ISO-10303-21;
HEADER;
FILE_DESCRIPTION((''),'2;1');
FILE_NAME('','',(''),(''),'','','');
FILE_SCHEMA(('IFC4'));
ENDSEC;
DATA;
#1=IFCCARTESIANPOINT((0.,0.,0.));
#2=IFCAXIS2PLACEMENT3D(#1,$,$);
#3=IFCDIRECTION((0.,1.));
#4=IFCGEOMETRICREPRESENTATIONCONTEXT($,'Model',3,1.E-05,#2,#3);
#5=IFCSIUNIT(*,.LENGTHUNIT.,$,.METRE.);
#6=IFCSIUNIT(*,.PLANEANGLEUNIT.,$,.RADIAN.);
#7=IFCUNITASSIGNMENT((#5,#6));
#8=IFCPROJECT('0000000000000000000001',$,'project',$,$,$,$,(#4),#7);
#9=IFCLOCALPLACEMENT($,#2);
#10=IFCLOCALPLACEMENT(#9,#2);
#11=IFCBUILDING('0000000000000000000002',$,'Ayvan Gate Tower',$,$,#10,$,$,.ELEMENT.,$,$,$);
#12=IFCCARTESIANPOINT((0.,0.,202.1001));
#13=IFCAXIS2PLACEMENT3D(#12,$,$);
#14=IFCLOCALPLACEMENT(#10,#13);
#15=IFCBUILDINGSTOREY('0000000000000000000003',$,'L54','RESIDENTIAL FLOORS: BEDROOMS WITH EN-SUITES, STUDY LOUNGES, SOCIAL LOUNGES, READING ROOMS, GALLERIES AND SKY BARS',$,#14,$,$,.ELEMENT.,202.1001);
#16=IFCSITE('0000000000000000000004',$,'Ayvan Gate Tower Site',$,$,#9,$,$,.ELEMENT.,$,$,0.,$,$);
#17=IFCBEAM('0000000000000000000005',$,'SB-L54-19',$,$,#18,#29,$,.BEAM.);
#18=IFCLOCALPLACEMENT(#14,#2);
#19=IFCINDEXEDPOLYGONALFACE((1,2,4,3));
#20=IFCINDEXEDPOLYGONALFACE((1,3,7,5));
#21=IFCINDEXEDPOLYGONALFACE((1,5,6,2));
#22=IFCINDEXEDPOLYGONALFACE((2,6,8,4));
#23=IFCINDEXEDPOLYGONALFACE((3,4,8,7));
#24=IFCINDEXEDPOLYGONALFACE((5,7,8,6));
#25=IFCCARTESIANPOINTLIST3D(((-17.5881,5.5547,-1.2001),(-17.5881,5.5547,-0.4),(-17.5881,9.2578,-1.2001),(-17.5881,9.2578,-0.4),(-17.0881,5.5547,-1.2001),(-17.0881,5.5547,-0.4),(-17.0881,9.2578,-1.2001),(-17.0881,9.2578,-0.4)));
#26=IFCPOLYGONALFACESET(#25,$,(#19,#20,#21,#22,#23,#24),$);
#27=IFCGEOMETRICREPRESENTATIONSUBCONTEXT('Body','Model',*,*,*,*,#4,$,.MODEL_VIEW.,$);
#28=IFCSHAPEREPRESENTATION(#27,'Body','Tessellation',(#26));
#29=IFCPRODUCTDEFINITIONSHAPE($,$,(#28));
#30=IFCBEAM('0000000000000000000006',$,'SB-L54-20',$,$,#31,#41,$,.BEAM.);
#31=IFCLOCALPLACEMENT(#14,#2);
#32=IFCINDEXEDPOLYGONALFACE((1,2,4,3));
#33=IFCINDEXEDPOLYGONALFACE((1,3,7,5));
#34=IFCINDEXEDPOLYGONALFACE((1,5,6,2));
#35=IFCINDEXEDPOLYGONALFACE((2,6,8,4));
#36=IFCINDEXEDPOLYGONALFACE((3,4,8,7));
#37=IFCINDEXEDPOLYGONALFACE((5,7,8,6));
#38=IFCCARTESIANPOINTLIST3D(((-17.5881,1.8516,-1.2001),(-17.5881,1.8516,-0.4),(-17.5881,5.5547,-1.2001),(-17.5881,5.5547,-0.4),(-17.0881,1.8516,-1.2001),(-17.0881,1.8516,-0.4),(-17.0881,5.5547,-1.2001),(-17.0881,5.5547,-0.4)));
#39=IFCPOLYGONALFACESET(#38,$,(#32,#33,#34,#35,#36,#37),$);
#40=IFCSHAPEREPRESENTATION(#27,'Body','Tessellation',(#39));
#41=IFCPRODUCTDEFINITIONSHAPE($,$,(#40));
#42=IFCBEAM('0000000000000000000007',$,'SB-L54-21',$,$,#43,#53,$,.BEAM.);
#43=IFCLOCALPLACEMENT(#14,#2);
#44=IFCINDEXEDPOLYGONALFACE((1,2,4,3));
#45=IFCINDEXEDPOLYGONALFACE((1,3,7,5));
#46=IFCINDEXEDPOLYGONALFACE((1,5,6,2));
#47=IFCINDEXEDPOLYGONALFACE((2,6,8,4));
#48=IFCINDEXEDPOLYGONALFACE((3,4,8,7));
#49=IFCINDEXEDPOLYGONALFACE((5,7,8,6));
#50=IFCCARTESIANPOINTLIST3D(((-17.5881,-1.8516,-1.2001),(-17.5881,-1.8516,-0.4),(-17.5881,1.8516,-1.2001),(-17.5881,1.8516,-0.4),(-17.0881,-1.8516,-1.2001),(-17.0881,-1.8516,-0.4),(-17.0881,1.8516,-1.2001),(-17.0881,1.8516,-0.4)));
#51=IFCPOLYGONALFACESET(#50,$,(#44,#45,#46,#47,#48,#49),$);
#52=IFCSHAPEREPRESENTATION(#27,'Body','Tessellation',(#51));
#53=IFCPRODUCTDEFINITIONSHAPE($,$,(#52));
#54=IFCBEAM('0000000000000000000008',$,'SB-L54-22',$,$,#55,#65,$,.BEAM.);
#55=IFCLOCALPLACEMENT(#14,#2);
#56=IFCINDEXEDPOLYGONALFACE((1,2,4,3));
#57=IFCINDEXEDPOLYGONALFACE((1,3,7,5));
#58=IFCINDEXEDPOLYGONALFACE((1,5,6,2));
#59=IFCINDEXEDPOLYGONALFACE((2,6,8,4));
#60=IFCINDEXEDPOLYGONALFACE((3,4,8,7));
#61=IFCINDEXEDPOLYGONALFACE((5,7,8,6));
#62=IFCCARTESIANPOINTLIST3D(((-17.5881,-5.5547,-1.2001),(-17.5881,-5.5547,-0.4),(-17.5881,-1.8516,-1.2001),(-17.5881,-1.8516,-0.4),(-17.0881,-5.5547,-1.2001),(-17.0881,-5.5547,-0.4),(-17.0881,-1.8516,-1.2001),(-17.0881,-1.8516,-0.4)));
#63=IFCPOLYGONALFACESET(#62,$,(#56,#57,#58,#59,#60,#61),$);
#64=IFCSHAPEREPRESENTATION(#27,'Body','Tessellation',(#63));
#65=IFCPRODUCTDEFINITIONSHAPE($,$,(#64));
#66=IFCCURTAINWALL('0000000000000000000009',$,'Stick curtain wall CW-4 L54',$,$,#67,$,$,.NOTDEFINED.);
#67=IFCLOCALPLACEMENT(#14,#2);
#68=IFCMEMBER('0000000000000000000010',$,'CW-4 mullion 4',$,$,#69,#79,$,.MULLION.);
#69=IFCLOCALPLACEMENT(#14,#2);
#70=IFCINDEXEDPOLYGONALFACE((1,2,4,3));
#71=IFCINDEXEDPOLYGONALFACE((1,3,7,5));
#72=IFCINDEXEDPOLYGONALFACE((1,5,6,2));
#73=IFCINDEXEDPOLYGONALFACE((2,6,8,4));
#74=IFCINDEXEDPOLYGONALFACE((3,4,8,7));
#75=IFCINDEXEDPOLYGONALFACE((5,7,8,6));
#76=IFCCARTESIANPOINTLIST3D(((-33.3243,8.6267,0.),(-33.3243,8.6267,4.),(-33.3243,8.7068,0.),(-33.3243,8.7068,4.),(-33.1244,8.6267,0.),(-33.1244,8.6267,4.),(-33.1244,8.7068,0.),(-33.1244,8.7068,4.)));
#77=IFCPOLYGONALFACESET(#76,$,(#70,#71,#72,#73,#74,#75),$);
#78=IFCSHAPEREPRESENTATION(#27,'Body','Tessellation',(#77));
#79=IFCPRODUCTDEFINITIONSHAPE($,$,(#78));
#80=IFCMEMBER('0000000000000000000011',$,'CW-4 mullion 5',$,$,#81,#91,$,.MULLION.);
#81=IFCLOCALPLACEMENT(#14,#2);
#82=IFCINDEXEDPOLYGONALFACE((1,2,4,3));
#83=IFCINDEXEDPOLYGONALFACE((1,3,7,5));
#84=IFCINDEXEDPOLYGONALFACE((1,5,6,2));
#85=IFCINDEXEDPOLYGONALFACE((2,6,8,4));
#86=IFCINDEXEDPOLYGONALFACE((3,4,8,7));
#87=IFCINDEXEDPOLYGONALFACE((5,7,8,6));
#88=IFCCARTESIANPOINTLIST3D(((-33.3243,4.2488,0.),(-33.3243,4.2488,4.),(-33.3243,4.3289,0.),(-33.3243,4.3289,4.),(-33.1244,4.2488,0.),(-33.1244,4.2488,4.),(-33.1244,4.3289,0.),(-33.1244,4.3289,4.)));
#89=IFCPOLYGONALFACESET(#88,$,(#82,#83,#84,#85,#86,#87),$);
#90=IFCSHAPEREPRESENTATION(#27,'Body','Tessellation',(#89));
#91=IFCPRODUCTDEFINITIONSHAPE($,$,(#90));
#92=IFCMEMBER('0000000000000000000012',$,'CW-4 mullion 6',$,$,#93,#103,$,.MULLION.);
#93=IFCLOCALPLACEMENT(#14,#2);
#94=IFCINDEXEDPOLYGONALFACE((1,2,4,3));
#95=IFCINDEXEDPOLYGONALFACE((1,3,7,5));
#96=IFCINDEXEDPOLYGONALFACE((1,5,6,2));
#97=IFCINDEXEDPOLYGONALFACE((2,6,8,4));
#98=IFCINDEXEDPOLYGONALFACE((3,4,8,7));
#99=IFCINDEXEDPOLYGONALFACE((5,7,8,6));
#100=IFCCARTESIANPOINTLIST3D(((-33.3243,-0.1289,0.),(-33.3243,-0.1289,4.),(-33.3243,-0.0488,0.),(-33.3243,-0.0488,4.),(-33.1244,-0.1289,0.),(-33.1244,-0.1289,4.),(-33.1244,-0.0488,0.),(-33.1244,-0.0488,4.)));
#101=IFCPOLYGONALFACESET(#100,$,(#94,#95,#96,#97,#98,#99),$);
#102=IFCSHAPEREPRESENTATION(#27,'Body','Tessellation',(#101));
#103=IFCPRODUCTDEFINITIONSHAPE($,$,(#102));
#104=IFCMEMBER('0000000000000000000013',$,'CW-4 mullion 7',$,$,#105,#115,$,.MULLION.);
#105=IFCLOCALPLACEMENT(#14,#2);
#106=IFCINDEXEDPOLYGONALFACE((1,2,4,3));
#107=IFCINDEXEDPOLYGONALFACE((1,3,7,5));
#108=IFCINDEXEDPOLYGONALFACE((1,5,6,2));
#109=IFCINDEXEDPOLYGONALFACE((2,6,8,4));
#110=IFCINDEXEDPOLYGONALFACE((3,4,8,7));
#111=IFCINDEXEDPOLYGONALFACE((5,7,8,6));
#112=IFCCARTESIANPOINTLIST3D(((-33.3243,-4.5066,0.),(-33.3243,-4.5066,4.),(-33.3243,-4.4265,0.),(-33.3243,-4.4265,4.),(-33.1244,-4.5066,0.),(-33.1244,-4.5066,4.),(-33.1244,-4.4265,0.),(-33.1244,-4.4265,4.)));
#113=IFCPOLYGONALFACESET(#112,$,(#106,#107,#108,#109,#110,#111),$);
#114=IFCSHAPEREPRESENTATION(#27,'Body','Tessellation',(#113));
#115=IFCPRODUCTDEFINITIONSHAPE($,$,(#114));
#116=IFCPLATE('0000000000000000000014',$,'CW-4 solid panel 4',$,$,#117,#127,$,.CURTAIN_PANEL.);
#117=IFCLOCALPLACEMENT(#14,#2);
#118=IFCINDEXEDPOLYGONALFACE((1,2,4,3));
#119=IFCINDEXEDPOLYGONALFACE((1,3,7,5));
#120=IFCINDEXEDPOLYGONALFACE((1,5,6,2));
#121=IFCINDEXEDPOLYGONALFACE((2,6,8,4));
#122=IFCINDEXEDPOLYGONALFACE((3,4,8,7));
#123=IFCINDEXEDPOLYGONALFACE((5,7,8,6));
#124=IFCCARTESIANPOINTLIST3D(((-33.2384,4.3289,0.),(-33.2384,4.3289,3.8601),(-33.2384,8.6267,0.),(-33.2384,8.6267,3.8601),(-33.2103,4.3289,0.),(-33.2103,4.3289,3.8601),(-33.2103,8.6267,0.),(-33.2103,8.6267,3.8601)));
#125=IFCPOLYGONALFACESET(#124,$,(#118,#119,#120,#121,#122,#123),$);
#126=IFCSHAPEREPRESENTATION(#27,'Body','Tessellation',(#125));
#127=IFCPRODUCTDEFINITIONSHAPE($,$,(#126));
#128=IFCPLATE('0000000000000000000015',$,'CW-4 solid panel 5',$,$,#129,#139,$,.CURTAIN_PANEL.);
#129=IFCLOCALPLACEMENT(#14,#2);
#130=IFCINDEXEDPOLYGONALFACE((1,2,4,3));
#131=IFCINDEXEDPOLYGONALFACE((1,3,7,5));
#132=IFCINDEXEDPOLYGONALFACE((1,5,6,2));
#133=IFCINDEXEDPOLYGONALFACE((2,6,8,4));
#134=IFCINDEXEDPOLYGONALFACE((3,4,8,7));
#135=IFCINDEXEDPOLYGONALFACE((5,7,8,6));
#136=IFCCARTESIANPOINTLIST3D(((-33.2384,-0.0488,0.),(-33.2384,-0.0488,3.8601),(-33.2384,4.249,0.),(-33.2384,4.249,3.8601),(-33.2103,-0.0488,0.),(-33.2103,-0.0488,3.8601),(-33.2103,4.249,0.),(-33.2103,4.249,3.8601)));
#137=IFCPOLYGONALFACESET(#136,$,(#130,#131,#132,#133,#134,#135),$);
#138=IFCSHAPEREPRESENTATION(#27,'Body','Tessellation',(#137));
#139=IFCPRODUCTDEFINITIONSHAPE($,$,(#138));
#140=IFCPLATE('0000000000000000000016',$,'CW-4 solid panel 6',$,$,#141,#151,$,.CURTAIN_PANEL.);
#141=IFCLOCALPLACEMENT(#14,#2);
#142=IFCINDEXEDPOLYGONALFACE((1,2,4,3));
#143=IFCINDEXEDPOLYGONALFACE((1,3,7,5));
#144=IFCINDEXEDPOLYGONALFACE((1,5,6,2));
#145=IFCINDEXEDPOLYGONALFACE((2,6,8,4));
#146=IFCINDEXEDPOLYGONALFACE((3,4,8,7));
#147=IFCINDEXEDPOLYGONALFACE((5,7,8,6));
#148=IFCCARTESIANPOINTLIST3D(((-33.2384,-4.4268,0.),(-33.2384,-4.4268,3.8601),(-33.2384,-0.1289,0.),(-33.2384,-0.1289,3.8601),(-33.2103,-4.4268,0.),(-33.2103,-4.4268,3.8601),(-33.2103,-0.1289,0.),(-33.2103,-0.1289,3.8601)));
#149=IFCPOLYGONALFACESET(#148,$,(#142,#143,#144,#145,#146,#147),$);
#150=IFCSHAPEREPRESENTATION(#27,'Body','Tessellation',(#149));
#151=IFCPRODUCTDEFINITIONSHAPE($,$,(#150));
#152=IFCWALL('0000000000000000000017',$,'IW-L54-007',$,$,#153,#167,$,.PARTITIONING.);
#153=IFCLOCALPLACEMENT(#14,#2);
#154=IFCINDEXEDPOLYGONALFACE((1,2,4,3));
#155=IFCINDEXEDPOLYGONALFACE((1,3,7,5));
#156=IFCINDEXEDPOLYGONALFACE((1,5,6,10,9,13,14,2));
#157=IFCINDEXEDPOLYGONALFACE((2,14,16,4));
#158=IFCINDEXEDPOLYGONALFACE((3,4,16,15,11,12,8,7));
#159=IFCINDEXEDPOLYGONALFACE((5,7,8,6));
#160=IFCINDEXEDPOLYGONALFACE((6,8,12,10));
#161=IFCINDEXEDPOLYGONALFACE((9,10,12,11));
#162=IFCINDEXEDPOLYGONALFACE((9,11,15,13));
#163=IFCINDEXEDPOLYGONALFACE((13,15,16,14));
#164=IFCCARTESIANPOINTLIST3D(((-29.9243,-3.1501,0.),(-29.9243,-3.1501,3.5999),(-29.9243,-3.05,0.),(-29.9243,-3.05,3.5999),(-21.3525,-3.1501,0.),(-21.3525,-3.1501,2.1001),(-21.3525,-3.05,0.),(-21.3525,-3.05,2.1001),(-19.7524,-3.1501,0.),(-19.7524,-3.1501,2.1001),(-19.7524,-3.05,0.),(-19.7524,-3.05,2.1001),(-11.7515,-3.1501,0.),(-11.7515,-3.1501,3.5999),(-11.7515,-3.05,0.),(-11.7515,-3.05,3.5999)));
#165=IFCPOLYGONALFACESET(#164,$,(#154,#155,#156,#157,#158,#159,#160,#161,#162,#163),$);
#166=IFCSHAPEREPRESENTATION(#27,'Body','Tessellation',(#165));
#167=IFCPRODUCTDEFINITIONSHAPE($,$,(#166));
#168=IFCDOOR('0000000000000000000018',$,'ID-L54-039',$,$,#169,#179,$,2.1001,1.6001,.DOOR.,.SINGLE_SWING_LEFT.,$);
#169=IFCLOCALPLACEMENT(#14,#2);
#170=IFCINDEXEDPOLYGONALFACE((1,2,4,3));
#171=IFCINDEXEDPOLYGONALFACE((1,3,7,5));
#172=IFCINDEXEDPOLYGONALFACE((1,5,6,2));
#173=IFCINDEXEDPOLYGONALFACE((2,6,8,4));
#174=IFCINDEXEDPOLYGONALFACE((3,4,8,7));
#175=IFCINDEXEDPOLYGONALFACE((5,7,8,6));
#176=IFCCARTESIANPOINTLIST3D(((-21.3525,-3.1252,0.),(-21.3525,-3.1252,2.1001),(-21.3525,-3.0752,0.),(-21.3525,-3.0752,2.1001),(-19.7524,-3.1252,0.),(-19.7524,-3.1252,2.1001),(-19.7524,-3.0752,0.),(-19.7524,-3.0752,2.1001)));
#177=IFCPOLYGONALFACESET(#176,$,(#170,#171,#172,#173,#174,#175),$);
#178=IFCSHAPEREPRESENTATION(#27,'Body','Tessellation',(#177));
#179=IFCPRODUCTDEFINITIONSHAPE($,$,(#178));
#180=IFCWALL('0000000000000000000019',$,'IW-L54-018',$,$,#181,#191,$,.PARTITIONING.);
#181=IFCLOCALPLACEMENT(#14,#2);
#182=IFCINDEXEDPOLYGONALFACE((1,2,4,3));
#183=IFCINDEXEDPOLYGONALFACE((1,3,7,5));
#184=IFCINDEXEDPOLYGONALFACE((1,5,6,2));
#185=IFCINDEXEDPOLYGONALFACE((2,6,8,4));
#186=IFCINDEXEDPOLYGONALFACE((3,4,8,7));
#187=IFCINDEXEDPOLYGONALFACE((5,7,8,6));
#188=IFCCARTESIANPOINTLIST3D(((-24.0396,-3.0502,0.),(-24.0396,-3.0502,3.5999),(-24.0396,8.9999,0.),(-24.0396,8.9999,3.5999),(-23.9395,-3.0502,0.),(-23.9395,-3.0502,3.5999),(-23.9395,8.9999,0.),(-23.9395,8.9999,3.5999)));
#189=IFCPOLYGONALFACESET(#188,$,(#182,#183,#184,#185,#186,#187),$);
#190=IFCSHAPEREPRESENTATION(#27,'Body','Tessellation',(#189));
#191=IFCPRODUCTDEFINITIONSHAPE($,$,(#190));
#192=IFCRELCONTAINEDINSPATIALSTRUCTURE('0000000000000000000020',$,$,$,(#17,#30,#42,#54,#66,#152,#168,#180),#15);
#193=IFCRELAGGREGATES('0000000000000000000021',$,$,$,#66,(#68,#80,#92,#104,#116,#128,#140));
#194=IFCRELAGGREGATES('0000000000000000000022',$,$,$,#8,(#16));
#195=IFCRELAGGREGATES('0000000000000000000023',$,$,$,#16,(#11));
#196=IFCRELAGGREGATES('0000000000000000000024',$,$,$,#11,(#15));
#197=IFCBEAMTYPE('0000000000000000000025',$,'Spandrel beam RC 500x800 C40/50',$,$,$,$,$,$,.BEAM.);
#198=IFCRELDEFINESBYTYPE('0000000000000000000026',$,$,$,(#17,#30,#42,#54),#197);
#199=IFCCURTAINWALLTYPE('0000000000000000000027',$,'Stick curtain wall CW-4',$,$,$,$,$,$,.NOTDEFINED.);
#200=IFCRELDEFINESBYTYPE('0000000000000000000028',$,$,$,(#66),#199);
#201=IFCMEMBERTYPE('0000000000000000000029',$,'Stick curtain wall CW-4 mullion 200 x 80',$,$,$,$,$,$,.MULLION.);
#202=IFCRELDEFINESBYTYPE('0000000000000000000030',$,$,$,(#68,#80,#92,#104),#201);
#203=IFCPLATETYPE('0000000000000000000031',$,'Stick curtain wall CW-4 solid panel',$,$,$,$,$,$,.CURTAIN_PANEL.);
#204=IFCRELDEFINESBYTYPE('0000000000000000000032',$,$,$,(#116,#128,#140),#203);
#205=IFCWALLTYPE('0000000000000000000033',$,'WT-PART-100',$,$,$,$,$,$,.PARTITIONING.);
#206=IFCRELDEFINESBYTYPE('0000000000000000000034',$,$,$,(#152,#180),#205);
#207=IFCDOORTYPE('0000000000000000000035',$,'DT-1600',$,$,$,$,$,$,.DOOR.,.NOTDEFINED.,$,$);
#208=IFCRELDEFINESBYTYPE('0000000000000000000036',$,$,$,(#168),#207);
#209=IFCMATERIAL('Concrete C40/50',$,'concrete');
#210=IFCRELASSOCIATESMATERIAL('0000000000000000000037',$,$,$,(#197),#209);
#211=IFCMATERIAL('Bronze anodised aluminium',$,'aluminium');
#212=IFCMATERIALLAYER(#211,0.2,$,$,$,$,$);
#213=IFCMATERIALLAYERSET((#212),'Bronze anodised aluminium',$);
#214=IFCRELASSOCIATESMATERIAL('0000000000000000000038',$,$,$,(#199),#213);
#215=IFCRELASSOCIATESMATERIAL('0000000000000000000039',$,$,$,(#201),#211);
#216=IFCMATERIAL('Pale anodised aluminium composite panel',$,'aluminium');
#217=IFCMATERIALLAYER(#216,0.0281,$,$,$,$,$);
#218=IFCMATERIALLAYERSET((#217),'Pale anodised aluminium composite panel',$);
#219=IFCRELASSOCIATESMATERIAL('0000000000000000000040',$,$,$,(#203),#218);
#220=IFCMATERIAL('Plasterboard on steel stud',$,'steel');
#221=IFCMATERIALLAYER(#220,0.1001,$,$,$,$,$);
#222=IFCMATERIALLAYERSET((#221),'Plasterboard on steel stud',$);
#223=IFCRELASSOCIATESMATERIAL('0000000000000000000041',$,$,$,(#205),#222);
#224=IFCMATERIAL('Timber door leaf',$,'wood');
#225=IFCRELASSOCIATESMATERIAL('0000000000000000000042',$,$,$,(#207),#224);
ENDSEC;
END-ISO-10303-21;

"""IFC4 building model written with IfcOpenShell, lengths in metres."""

from ifc_helpers import new_model, si_unit, direction, frame, frame_2d, origin, origin_2d, place, context, subcontext, project, spatial, rectangle, extrude, material, layer, layer_set, material_profile, profile_set, type_object, element, fill, aggregate, save


model = new_model("IFC4")

# Units and contexts
model_context = context("Model", 3, precision=1e-05, world=origin(), true_north=direction((0.0, 1.0)))
body_context = subcontext(model_context, "Body", "Model", "MODEL_VIEW")
ifc_project = project(units=[si_unit("LENGTHUNIT", "METRE"), si_unit("PLANEANGLEUNIT", "RADIAN")], contexts=[model_context])

# Site, building, storey
site_placement = place(None, origin())
site = spatial("IfcSite", under=ifc_project, at=site_placement, Name="Ayvan Gate Tower Site", CompositionType="ELEMENT", RefElevation=0.0)
building_placement = place(site_placement, origin())
building = spatial("IfcBuilding", under=site, at=building_placement, Name="Ayvan Gate Tower", CompositionType="ELEMENT")
storey_placement = place(building_placement, frame((0.0, 0.0, 202.1001)))
storey = spatial("IfcBuildingStorey", under=building, at=storey_placement, Name="L54", Description="RESIDENTIAL FLOORS: BEDROOMS WITH EN-SUITES, STUDY LOUNGES, SOCIAL LOUNGES, READING ROOMS, GALLERIES AND SKY BARS", CompositionType="ELEMENT", Elevation=202.1001)

# Shared definitions
ifc_material_1 = material(Name="Concrete C40/50", Category="concrete")

# Beams
ifc_material_profile_1 = material_profile(ifc_material_1, rectangle(XDim=0.5, YDim=0.8, at=origin_2d()), Name="RC 500x800")
ifc_profile_set_1 = profile_set([ifc_material_profile_1], Name="Concrete C40/50")
beam_type_1 = type_object("IfcBeamType", Name="Spandrel beam RC 500x800 C40/50", PredefinedType="BEAM", material=ifc_profile_set_1)
for number, where, z_axis, x_axis, name in (
    (1, (-17.3381, 9.2578, -0.8), (0.0, -1.0, 0.0), (1.0, 0.0, 0.0), "SB-L54-19"),
    (2, (-17.3381, 5.5547, -0.8), (0.0, -1.0, 0.0), (1.0, 0.0, 0.0), "SB-L54-20"),
    (3, (-17.3381, 1.8516, -0.8), (0.0, -1.0, 0.0), (1.0, 0.0, 0.0), "SB-L54-21"),
    (4, (-17.3381, -1.8516, -0.8), (0.0, -1.0, 0.0), (1.0, 0.0, 0.0), "SB-L54-22"),
):
    element("IfcBeam", number, at=place(storey_placement, frame(where, z_axis=z_axis, x_axis=x_axis)), inside=storey, type_object=beam_type_1, Name=name, PredefinedType="BEAM", context=body_context, shape_type="SweptSolid", body=[
        extrude(rectangle(XDim=0.5, YDim=0.8, at=origin_2d()), origin(), (0.0, 0.0, 1.0), 3.7031),
    ])

# Curtain wall, members, plates
ifc_material_2 = material(Name="Bronze anodised aluminium", Category="aluminium")
ifc_layer_1 = layer(ifc_material_2, 0.2)
ifc_layer_set_1 = layer_set([ifc_layer_1], Name="Bronze anodised aluminium")
curtain_wall_type = type_object("IfcCurtainWallType", Name="Stick curtain wall CW-4", PredefinedType="NOTDEFINED", material=ifc_layer_set_1)
curtain_wall_placement = place(storey_placement, origin())
curtain_wall = element("IfcCurtainWall", 5, at=curtain_wall_placement, inside=storey, type_object=curtain_wall_type, Name="Stick curtain wall CW-4 L54", PredefinedType="NOTDEFINED")
ifc_material_profile_2 = material_profile(ifc_material_2, rectangle(XDim=0.2, YDim=0.0801, at=origin_2d()), Name="Stick curtain wall CW-4 mullion 200 x 80")
ifc_profile_set_2 = profile_set([ifc_material_profile_2], Name="Bronze anodised aluminium")
member_type_1 = type_object("IfcMemberType", Name="Stick curtain wall CW-4 mullion 200 x 80", PredefinedType="MULLION", material=ifc_profile_set_2)
member_1_placement = place(storey_placement, frame((-33.2244, 8.6667, 0.0), z_axis=(0.0, 0.0, 1.0), x_axis=(-1.0, 0.0, 0.0)))
member_1 = element("IfcMember", 6, at=member_1_placement, type_object=member_type_1, Name="CW-4 mullion 4", PredefinedType="MULLION", context=body_context, shape_type="SweptSolid", body=[
    extrude(rectangle(XDim=0.2, YDim=0.0801, at=origin_2d()), origin(), (0.0, 0.0, 1.0), 4.0),
])
member_2_placement = place(storey_placement, frame((-33.2244, 4.2888, 0.0), z_axis=(0.0, 0.0, 1.0), x_axis=(-1.0, 0.0, 0.0)))
member_2 = element("IfcMember", 7, at=member_2_placement, type_object=member_type_1, Name="CW-4 mullion 5", PredefinedType="MULLION", context=body_context, shape_type="SweptSolid", body=[
    extrude(rectangle(XDim=0.2, YDim=0.0801, at=origin_2d()), origin(), (0.0, 0.0, 1.0), 4.0),
])
member_3_placement = place(storey_placement, frame((-33.2244, -0.0889, 0.0), z_axis=(0.0, 0.0, 1.0), x_axis=(-1.0, 0.0, 0.0)))
member_3 = element("IfcMember", 8, at=member_3_placement, type_object=member_type_1, Name="CW-4 mullion 6", PredefinedType="MULLION", context=body_context, shape_type="SweptSolid", body=[
    extrude(rectangle(XDim=0.2, YDim=0.0801, at=origin_2d()), origin(), (0.0, 0.0, 1.0), 4.0),
])
member_4_placement = place(storey_placement, frame((-33.2244, -4.4666, 0.0), z_axis=(0.0, 0.0, 1.0), x_axis=(-1.0, 0.0, 0.0)))
member_4 = element("IfcMember", 9, at=member_4_placement, type_object=member_type_1, Name="CW-4 mullion 7", PredefinedType="MULLION", context=body_context, shape_type="SweptSolid", body=[
    extrude(rectangle(XDim=0.2, YDim=0.0801, at=origin_2d()), origin(), (0.0, 0.0, 1.0), 4.0),
])
ifc_material_3 = material(Name="Pale anodised aluminium composite panel", Category="aluminium")
ifc_layer_2 = layer(ifc_material_3, 0.0281)
ifc_layer_set_2 = layer_set([ifc_layer_2], Name="Pale anodised aluminium composite panel")
plate_type = type_object("IfcPlateType", Name="Stick curtain wall CW-4 solid panel", PredefinedType="CURTAIN_PANEL", material=ifc_layer_set_2)
plate_1_placement = place(storey_placement, frame((-33.2244, 6.4778, 0.0), z_axis=(0.0, 0.0, 1.0), x_axis=(0.0, -1.0, 0.0)))
plate_1 = element("IfcPlate", 10, at=plate_1_placement, type_object=plate_type, Name="CW-4 solid panel 4", PredefinedType="CURTAIN_PANEL", context=body_context, shape_type="SweptSolid", body=[
    extrude(rectangle(XDim=4.2979, YDim=0.0281, at=origin_2d()), origin(), (0.0, 0.0, 1.0), 3.8601),
])
plate_2_placement = place(storey_placement, frame((-33.2244, 2.1001, 0.0), z_axis=(0.0, 0.0, 1.0), x_axis=(0.0, -1.0, 0.0)))
plate_2 = element("IfcPlate", 11, at=plate_2_placement, type_object=plate_type, Name="CW-4 solid panel 5", PredefinedType="CURTAIN_PANEL", context=body_context, shape_type="SweptSolid", body=[
    extrude(rectangle(XDim=4.2979, YDim=0.0281, at=origin_2d()), origin(), (0.0, 0.0, 1.0), 3.8601),
])
plate_3_placement = place(storey_placement, frame((-33.2244, -2.2778, 0.0), z_axis=(0.0, 0.0, 1.0), x_axis=(0.0, -1.0, 0.0)))
plate_3 = element("IfcPlate", 12, at=plate_3_placement, type_object=plate_type, Name="CW-4 solid panel 6", PredefinedType="CURTAIN_PANEL", context=body_context, shape_type="SweptSolid", body=[
    extrude(rectangle(XDim=4.2979, YDim=0.0281, at=origin_2d()), origin(), (0.0, 0.0, 1.0), 3.8601),
])
aggregate(curtain_wall, [member_1, member_2, member_3, member_4, plate_1, plate_2, plate_3])

# Wall, opening, door
ifc_material_4 = material(Name="Plasterboard on steel stud", Category="steel")
ifc_layer_3 = layer(ifc_material_4, 0.1001)
ifc_layer_set_3 = layer_set([ifc_layer_3], Name="Plasterboard on steel stud")
wall_type_1 = type_object("IfcWallType", Name="WT-PART-100", PredefinedType="PARTITIONING", material=ifc_layer_set_3)
wall_1_placement = place(storey_placement, frame((-29.9243, -3.1001, 0.0), z_axis=(0.0, 0.0, 1.0), x_axis=(1.0, 0.0, 0.0)))
wall_1 = element("IfcWall", 13, at=wall_1_placement, inside=storey, type_object=wall_type_1, Name="IW-L54-007", PredefinedType="PARTITIONING", context=body_context, shape_type="SweptSolid", body=[
    extrude(rectangle(XDim=18.1729, YDim=0.1001, at=frame_2d((9.0864, 0.0))), origin(), (0.0, 0.0, 1.0), 3.5999),
])
opening_placement = place(wall_1_placement, frame((8.5718, 0.0, 0.0)))
opening = element("IfcOpeningElement", 14, at=opening_placement, cuts=wall_1, PredefinedType="OPENING", context=body_context, shape_type="SweptSolid", body=[
    extrude(rectangle(XDim=1.6001, YDim=2.1001, at=frame_2d((0.8, 1.05))), frame((0.0, 0.0601, 0.0), z_axis=(0.0, -1.0, 0.0), x_axis=(1.0, 0.0, 0.0)), (0.0, 0.0, 1.0), 0.1201),
])
ifc_material_5 = material(Name="Timber door leaf", Category="wood")
door_type = type_object("IfcDoorType", Name="DT-1600", OperationType="NOTDEFINED", PredefinedType="DOOR", material=ifc_material_5)
door_placement = place(opening_placement, origin())
door = element("IfcDoor", 15, at=door_placement, inside=storey, type_object=door_type, Name="ID-L54-039", OperationType="SINGLE_SWING_LEFT", OverallHeight=2.1001, OverallWidth=1.6001, PredefinedType="DOOR", context=body_context, shape_type="SweptSolid", body=[
    extrude(rectangle(XDim=1.6001, YDim=2.1001, at=frame_2d((0.8, 1.05))), frame((0.0, 0.0249, 0.0), z_axis=(0.0, -1.0, 0.0), x_axis=(1.0, 0.0, 0.0)), (0.0, 0.0, 1.0), 0.05),
])
fill(opening, door)

# Wall
wall_2_placement = place(storey_placement, frame((-23.9895, -3.05, 0.0), z_axis=(0.0, 0.0, 1.0), x_axis=(0.0, 1.0, 0.0)))
element("IfcWall", 16, at=wall_2_placement, inside=storey, type_object=wall_type_1, Name="IW-L54-018", PredefinedType="PARTITIONING", context=body_context, shape_type="SweptSolid", body=[
    extrude(rectangle(XDim=12.05, YDim=0.1001, at=frame_2d((6.0249, 0.0))), origin(), (0.0, 0.0, 1.0), 3.5999),
])

save(model, "model.ifc")
